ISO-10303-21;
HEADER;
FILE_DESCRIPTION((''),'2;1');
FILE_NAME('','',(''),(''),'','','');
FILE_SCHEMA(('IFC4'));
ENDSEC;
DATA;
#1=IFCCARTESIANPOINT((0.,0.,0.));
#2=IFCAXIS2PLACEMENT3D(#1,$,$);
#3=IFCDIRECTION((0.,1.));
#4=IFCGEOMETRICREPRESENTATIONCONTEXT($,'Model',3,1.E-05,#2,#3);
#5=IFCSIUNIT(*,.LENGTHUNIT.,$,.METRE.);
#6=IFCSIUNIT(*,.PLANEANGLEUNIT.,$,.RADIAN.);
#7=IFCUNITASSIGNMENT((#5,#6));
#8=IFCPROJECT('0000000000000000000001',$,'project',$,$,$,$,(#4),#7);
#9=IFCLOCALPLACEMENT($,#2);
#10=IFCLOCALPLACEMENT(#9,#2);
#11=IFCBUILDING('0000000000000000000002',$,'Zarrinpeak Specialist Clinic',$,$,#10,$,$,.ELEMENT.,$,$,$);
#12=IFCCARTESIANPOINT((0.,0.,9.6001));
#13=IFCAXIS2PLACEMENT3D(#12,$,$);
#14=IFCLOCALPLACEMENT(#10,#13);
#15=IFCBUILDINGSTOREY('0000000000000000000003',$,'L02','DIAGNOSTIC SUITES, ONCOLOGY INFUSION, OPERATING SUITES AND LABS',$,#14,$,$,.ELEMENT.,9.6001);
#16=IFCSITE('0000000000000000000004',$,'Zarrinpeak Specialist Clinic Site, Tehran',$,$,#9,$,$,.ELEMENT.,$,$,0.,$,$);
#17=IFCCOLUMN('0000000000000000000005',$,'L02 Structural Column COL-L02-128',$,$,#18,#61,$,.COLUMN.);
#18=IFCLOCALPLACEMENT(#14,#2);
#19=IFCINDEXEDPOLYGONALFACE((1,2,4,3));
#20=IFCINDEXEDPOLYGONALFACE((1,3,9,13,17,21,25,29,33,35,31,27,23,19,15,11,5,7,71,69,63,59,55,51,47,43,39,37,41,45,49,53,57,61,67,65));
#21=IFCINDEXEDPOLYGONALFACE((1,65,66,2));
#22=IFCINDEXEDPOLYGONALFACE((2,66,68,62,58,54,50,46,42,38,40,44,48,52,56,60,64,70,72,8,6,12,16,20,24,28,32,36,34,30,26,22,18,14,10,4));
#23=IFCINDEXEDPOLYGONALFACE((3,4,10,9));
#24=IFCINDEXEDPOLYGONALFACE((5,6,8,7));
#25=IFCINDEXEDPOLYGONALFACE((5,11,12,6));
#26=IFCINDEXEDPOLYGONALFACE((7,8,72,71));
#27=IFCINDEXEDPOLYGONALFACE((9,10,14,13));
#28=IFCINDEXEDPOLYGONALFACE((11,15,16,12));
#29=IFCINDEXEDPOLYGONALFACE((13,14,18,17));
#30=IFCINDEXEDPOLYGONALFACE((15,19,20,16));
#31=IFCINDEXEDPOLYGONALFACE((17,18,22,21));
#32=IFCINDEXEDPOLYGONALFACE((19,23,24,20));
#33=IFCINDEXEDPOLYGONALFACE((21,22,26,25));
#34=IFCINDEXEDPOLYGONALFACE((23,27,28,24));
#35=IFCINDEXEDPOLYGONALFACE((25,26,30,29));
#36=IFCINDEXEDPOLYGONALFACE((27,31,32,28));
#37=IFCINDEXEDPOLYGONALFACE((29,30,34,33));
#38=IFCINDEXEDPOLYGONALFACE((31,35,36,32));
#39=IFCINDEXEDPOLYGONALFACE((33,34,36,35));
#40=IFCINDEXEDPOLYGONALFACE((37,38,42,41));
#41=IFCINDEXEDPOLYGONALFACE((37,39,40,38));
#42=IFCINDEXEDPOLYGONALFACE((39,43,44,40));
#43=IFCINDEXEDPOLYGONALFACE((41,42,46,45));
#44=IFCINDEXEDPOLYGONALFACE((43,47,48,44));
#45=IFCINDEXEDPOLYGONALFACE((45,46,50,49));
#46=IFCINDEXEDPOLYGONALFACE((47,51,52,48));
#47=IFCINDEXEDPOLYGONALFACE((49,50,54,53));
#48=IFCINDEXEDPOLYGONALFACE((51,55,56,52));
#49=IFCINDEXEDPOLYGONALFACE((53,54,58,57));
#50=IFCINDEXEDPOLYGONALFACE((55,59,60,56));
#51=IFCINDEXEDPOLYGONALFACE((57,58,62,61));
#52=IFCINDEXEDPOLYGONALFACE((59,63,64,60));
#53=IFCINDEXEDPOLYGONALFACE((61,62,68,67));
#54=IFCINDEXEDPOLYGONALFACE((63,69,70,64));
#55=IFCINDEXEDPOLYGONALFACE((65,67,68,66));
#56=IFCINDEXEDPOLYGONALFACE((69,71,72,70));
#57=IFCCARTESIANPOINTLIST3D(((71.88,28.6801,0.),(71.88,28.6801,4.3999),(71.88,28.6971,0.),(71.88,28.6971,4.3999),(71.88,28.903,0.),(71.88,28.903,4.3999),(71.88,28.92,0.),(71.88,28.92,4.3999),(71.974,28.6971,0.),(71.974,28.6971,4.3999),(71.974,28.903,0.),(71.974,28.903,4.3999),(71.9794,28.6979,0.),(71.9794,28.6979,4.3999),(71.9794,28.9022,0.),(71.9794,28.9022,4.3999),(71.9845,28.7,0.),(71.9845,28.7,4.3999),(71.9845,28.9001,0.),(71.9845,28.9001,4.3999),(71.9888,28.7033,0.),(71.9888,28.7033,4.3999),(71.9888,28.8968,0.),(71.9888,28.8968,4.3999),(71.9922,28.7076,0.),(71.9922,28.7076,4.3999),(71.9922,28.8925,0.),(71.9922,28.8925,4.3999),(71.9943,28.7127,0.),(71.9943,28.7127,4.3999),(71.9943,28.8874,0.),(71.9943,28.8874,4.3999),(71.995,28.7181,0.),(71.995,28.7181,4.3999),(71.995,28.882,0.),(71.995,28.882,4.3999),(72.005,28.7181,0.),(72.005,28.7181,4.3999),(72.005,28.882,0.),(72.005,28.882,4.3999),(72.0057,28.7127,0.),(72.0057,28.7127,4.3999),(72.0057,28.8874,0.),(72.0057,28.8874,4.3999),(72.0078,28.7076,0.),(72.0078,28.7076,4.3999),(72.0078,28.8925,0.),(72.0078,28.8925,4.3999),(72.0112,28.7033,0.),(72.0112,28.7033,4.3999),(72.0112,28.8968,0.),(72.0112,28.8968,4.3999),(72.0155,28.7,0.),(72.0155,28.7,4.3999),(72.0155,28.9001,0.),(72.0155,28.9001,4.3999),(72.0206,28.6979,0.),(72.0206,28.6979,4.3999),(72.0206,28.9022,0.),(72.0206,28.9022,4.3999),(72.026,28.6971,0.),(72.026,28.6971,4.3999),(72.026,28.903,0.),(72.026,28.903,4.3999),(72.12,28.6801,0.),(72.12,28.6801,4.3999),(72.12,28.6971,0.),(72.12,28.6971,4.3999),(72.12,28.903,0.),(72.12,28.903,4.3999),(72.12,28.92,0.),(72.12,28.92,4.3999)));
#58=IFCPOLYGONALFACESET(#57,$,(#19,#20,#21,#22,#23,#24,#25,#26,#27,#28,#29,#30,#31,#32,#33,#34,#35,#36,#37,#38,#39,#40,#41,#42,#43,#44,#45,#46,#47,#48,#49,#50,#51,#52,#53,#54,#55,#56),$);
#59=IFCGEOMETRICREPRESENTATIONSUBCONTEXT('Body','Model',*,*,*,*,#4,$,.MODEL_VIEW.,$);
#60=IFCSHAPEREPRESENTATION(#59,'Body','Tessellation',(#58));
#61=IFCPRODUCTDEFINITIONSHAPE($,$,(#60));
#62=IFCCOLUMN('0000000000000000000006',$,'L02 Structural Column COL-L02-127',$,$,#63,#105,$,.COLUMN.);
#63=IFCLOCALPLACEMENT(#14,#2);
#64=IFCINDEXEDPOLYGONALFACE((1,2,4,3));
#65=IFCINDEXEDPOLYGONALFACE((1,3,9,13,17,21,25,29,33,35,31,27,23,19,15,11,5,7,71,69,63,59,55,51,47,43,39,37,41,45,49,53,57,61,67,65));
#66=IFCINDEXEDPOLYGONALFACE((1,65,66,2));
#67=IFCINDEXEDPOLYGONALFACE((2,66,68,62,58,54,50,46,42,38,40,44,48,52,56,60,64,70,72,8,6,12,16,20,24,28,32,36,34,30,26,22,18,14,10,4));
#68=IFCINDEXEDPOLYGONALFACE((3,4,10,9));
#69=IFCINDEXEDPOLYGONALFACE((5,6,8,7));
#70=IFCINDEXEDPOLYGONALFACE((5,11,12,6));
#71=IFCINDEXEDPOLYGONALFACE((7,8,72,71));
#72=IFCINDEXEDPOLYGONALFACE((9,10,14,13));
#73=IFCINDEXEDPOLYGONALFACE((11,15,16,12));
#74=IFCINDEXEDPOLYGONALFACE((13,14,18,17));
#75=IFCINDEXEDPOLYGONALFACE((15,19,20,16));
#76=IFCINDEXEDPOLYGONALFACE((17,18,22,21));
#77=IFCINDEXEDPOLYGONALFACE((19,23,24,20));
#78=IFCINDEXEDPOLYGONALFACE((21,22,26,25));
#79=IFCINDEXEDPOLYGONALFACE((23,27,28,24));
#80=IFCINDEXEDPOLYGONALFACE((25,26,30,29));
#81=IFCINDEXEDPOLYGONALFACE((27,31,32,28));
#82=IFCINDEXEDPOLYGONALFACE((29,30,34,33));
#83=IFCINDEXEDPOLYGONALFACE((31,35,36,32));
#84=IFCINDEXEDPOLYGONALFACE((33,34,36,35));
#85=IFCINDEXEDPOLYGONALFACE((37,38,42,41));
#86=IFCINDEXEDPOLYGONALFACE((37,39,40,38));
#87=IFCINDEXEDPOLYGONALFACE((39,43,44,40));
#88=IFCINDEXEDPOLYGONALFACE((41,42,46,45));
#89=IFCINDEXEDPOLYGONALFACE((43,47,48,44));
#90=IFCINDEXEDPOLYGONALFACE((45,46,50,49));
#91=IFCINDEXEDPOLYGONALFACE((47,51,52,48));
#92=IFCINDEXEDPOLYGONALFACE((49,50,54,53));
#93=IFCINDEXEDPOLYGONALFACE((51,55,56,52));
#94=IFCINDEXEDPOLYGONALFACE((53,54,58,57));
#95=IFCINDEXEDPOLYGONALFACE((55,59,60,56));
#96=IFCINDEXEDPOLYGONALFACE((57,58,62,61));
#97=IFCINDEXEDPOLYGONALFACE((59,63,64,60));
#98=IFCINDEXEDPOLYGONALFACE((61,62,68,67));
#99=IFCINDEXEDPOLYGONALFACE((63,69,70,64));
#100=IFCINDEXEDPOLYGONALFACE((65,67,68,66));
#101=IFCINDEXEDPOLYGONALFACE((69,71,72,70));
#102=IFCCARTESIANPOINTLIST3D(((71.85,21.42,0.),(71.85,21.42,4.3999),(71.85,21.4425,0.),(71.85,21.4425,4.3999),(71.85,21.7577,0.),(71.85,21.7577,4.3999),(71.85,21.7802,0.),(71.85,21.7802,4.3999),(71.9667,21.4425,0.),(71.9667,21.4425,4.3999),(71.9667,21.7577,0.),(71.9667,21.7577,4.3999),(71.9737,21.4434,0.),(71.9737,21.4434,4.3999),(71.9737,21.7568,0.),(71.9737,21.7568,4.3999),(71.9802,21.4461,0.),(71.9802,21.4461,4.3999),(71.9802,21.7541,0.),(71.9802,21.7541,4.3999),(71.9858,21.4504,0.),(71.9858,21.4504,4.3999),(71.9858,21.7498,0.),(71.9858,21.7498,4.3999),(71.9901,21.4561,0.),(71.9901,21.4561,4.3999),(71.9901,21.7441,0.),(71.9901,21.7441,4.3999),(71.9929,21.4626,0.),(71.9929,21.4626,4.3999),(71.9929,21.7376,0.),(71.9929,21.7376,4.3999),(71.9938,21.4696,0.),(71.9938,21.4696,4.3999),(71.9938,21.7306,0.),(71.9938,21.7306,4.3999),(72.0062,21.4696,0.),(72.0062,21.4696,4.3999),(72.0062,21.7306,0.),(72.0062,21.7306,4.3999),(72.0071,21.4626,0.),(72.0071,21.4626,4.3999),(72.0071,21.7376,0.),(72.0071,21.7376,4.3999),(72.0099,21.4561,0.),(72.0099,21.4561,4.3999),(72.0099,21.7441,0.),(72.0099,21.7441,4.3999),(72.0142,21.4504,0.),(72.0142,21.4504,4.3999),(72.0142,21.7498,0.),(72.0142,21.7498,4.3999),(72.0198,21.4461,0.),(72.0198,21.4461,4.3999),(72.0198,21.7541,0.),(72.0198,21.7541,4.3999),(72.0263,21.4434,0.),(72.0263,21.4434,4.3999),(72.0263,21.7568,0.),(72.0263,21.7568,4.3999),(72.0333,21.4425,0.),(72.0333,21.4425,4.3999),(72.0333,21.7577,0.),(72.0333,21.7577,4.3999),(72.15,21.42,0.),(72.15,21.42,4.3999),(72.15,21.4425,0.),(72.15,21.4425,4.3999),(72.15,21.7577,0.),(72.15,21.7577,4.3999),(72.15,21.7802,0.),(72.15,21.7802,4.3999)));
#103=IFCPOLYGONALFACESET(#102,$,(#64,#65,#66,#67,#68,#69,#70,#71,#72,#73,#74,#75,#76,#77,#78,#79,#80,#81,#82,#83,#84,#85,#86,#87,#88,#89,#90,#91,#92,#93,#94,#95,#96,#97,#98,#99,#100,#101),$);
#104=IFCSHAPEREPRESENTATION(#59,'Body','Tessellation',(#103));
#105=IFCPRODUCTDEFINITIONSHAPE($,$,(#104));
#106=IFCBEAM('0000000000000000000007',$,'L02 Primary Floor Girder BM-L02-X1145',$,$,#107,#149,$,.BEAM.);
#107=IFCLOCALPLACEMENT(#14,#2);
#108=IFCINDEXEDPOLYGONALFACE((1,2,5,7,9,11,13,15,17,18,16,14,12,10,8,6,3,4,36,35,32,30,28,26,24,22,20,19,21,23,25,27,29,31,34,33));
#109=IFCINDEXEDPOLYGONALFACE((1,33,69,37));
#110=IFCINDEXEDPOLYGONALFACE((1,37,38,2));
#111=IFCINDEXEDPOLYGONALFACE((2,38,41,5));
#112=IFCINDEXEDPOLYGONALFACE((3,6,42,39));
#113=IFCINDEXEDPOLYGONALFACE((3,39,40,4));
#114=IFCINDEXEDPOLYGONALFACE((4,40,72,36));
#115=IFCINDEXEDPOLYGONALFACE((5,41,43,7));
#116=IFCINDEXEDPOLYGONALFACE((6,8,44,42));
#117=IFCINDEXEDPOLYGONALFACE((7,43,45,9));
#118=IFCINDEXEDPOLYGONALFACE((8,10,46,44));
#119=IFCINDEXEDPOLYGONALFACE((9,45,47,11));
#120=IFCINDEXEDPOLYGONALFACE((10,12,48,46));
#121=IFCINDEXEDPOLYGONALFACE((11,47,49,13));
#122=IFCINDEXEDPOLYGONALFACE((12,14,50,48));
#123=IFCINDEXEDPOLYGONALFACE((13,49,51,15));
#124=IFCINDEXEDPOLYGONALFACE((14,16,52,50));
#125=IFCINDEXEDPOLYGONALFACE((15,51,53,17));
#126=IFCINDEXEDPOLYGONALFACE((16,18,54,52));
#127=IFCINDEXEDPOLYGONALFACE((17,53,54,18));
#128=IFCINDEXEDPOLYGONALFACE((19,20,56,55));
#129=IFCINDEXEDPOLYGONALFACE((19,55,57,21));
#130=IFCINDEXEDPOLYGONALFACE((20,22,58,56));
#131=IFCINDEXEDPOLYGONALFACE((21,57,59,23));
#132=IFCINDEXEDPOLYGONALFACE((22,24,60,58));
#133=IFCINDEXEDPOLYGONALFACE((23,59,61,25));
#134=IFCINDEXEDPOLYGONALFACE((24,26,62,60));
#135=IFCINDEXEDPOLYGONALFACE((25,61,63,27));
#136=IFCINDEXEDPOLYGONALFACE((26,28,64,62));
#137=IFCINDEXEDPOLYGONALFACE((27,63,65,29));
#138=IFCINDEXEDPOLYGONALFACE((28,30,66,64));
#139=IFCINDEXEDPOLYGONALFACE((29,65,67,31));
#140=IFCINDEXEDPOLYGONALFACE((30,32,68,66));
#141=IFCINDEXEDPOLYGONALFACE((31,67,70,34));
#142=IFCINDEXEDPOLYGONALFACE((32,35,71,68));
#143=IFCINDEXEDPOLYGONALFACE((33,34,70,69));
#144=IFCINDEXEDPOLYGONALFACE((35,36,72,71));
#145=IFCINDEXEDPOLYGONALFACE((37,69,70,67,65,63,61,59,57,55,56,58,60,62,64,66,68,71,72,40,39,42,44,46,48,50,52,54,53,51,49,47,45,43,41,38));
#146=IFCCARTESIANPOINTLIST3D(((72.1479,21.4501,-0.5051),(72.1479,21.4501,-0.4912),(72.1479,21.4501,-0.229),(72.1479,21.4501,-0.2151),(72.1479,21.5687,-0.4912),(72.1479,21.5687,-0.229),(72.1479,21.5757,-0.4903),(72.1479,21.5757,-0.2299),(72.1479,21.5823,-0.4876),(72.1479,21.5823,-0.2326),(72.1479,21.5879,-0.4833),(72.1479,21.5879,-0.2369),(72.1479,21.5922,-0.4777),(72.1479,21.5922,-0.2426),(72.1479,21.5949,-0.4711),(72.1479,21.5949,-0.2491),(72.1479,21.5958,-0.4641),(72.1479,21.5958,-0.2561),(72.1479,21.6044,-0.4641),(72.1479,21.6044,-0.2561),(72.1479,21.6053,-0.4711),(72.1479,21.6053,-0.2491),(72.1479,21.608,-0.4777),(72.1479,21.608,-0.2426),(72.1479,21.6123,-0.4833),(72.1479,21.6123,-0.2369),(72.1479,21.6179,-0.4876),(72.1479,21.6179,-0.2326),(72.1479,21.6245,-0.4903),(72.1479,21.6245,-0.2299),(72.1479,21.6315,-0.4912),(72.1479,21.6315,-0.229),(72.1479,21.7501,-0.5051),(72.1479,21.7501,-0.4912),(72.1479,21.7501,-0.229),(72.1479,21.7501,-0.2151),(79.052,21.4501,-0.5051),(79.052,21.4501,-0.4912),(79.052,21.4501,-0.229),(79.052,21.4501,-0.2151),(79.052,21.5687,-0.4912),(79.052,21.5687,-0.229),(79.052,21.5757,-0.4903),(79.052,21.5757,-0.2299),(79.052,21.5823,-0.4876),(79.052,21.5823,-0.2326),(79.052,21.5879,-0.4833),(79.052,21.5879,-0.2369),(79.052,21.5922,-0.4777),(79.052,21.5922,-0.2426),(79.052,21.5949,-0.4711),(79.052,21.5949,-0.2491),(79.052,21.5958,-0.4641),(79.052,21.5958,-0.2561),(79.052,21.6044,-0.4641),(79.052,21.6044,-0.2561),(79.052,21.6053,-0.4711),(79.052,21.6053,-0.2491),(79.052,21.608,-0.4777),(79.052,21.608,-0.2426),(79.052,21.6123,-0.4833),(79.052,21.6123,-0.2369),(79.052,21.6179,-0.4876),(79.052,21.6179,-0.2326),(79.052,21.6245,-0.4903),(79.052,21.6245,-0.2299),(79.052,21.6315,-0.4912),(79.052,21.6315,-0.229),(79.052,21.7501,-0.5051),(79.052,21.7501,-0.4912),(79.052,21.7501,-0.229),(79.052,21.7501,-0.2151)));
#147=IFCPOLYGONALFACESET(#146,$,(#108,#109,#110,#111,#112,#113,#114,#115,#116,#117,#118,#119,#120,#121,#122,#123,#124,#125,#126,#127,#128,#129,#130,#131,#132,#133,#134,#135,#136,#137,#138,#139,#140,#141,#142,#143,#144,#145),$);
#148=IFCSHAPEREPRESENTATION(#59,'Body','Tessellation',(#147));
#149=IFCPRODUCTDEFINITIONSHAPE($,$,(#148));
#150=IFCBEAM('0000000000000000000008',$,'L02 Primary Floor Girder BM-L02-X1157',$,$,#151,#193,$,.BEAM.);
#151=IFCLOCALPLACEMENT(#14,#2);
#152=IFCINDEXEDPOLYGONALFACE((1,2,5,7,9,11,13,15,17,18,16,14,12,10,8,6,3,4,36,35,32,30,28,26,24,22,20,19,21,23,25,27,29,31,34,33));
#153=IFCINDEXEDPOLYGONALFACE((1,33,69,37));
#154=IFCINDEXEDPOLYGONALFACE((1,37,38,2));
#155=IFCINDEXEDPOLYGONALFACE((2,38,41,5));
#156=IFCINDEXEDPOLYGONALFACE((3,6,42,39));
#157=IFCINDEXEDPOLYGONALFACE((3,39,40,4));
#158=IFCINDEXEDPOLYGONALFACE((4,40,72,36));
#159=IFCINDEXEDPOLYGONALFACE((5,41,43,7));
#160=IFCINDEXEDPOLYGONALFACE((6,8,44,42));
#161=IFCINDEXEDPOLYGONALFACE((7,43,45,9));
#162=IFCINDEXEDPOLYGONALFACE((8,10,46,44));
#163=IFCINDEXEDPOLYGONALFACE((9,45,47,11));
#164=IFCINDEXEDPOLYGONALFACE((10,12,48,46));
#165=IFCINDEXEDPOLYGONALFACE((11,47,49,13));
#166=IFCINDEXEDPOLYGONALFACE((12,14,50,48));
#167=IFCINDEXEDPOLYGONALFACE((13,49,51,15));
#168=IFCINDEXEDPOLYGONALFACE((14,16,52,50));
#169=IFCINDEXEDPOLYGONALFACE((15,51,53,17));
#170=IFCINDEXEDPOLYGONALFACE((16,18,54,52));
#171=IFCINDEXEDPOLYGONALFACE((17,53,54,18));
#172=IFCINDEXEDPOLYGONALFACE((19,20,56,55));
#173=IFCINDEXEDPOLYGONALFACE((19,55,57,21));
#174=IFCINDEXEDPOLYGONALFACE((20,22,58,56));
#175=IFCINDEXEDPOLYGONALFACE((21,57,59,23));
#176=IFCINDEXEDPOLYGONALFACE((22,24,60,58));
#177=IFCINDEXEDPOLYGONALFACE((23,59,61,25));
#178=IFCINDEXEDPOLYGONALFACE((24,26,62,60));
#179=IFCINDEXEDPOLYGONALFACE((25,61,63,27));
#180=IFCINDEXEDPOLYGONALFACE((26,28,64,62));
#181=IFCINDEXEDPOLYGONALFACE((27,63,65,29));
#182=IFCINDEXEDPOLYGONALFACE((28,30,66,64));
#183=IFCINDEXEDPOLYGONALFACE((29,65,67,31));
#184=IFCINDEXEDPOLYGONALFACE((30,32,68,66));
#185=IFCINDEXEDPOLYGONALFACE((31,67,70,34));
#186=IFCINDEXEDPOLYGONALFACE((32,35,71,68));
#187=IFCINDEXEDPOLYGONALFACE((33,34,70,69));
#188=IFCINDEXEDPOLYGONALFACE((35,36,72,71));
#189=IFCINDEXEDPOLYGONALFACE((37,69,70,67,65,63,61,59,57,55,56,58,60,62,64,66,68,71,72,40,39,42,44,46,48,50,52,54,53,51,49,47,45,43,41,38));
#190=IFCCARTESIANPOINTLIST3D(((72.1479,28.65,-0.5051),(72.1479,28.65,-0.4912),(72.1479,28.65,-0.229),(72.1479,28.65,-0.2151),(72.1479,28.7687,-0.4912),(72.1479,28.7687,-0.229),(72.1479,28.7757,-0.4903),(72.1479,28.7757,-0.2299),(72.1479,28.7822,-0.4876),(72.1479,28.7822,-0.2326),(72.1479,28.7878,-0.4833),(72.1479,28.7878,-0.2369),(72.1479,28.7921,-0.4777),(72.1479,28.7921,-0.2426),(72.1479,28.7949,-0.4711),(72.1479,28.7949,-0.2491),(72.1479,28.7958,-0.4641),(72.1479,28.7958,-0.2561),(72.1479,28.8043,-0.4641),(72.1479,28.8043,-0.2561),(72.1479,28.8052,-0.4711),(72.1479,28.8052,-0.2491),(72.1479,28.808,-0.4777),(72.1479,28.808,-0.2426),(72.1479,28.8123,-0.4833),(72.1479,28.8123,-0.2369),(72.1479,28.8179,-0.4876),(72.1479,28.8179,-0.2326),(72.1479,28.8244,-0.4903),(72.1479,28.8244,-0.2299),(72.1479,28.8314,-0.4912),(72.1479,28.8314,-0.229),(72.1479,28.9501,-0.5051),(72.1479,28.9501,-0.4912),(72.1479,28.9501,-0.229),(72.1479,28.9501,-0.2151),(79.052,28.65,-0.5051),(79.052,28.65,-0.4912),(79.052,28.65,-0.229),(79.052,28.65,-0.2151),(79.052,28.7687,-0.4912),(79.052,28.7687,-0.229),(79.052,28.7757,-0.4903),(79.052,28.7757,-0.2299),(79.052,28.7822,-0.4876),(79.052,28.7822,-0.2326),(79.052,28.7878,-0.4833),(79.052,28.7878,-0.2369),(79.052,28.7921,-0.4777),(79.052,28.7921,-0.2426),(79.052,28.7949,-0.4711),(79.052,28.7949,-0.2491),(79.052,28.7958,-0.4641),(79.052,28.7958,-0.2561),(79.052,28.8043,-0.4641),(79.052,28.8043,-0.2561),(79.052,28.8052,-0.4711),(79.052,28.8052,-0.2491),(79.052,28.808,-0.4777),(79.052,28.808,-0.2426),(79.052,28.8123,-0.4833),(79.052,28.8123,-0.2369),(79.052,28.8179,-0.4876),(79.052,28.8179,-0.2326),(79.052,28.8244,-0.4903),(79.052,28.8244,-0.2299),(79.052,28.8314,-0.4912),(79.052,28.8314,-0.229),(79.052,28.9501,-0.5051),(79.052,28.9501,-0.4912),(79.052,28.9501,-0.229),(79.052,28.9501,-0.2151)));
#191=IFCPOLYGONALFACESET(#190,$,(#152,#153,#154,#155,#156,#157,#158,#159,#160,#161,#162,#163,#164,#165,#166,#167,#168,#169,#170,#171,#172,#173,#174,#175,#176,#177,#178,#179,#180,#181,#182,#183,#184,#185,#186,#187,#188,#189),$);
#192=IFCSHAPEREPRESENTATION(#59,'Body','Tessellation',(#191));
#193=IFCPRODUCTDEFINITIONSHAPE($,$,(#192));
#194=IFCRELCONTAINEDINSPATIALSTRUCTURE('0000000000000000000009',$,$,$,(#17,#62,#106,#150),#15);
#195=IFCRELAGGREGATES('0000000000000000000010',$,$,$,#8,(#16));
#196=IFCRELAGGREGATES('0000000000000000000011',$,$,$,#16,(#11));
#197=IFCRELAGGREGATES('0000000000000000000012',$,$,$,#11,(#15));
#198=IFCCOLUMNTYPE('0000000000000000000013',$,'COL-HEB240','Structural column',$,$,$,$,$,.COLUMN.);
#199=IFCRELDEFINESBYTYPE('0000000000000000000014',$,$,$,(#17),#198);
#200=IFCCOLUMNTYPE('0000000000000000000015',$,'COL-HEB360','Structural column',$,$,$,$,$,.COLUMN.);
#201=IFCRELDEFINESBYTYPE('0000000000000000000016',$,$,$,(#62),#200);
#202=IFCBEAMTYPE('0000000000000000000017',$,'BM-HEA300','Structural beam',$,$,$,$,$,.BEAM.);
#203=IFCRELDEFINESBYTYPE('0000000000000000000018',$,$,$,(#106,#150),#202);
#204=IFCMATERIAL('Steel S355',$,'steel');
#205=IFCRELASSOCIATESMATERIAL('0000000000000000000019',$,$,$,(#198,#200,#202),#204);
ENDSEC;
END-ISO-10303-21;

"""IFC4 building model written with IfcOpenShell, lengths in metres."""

from ifc_helpers import new_model, si_unit, direction, frame, origin, origin_2d, place, context, subcontext, project, spatial, i_section, extrude, material, material_profile, profile_set, type_object, element, save


model = new_model("IFC4")

# Units and contexts
model_context = context("Model", 3, precision=1e-05, world=origin(), true_north=direction((0.0, 1.0)))
body_context = subcontext(model_context, "Body", "Model", "MODEL_VIEW")
ifc_project = project(units=[si_unit("LENGTHUNIT", "METRE"), si_unit("PLANEANGLEUNIT", "RADIAN")], contexts=[model_context])

# Site, building, storey
site_placement = place(None, origin())
site = spatial("IfcSite", under=ifc_project, at=site_placement, Name="Zarrinpeak Specialist Clinic Site, Tehran", CompositionType="ELEMENT", RefElevation=0.0)
building_placement = place(site_placement, origin())
building = spatial("IfcBuilding", under=site, at=building_placement, Name="Zarrinpeak Specialist Clinic", CompositionType="ELEMENT")
storey_placement = place(building_placement, frame((0.0, 0.0, 9.6001)))
storey = spatial("IfcBuildingStorey", under=building, at=storey_placement, Name="L02", Description="DIAGNOSTIC SUITES, ONCOLOGY INFUSION, OPERATING SUITES AND LABS", CompositionType="ELEMENT", Elevation=9.6001)

# Columns
ifc_material_1 = material(Name="Steel S355", Category="steel")
ifc_material_profile_1 = material_profile(ifc_material_1, i_section(OverallWidth=0.24, OverallDepth=0.24, WebThickness=0.01, FlangeThickness=0.0171, FilletRadius=0.021, at=origin_2d()), Name="HEB 240")
ifc_profile_set_1 = profile_set([ifc_material_profile_1], Name="Steel S355")
column_type_1 = type_object("IfcColumnType", Name="COL-HEB240", Description="Structural column", PredefinedType="COLUMN", material=ifc_profile_set_1)
column_1_placement = place(storey_placement, frame((72.0, 28.8, 0.0), z_axis=(0.0, 0.0, 1.0), x_axis=(1.0, 0.0, 0.0)))
element("IfcColumn", 1, at=column_1_placement, inside=storey, type_object=column_type_1, Name="L02 Structural Column COL-L02-128", PredefinedType="COLUMN", context=body_context, shape_type="SweptSolid", body=[
    extrude(i_section(OverallWidth=0.24, OverallDepth=0.24, WebThickness=0.01, FlangeThickness=0.0171, FilletRadius=0.021, at=origin_2d()), origin(), (0.0, 0.0, 1.0), 4.3999),
])
ifc_material_profile_2 = material_profile(ifc_material_1, i_section(OverallWidth=0.3, OverallDepth=0.3601, WebThickness=0.0125, FlangeThickness=0.0225, FilletRadius=0.0271, at=origin_2d()), Name="HEB 360")
ifc_profile_set_2 = profile_set([ifc_material_profile_2], Name="Steel S355")
column_type_2 = type_object("IfcColumnType", Name="COL-HEB360", Description="Structural column", PredefinedType="COLUMN", material=ifc_profile_set_2)
column_2_placement = place(storey_placement, frame((72.0, 21.6001, 0.0), z_axis=(0.0, 0.0, 1.0), x_axis=(1.0, 0.0, 0.0)))
element("IfcColumn", 2, at=column_2_placement, inside=storey, type_object=column_type_2, Name="L02 Structural Column COL-L02-127", PredefinedType="COLUMN", context=body_context, shape_type="SweptSolid", body=[
    extrude(i_section(OverallWidth=0.3, OverallDepth=0.3601, WebThickness=0.0125, FlangeThickness=0.0225, FilletRadius=0.0271, at=origin_2d()), origin(), (0.0, 0.0, 1.0), 4.3999),
])

# Beams
ifc_material_profile_3 = material_profile(ifc_material_1, i_section(OverallWidth=0.3, OverallDepth=0.29, WebThickness=0.0085, FlangeThickness=0.0139, FilletRadius=0.0271, at=origin_2d()), Name="HEA 300")
ifc_profile_set_3 = profile_set([ifc_material_profile_3], Name="Steel S355")
beam_type_1 = type_object("IfcBeamType", Name="BM-HEA300", Description="Structural beam", PredefinedType="BEAM", material=ifc_profile_set_3)
for number, where, z_axis, x_axis, name in (
    (3, (72.1479, 21.6001, -0.3601), (1.0, 0.0, 0.0), (0.0, 1.0, 0.0), "L02 Primary Floor Girder BM-L02-X1145"),
    (4, (72.1479, 28.8, -0.3601), (1.0, 0.0, 0.0), (0.0, 1.0, 0.0), "L02 Primary Floor Girder BM-L02-X1157"),
):
    element("IfcBeam", number, at=place(storey_placement, frame(where, z_axis=z_axis, x_axis=x_axis)), inside=storey, type_object=beam_type_1, Name=name, PredefinedType="BEAM", context=body_context, shape_type="SweptSolid", body=[
        extrude(i_section(OverallWidth=0.3, OverallDepth=0.29, WebThickness=0.0085, FlangeThickness=0.0139, FilletRadius=0.0271, at=origin_2d()), origin(), (0.0, 0.0, 1.0), 6.9041),
    ])

save(model, "model.ifc")
